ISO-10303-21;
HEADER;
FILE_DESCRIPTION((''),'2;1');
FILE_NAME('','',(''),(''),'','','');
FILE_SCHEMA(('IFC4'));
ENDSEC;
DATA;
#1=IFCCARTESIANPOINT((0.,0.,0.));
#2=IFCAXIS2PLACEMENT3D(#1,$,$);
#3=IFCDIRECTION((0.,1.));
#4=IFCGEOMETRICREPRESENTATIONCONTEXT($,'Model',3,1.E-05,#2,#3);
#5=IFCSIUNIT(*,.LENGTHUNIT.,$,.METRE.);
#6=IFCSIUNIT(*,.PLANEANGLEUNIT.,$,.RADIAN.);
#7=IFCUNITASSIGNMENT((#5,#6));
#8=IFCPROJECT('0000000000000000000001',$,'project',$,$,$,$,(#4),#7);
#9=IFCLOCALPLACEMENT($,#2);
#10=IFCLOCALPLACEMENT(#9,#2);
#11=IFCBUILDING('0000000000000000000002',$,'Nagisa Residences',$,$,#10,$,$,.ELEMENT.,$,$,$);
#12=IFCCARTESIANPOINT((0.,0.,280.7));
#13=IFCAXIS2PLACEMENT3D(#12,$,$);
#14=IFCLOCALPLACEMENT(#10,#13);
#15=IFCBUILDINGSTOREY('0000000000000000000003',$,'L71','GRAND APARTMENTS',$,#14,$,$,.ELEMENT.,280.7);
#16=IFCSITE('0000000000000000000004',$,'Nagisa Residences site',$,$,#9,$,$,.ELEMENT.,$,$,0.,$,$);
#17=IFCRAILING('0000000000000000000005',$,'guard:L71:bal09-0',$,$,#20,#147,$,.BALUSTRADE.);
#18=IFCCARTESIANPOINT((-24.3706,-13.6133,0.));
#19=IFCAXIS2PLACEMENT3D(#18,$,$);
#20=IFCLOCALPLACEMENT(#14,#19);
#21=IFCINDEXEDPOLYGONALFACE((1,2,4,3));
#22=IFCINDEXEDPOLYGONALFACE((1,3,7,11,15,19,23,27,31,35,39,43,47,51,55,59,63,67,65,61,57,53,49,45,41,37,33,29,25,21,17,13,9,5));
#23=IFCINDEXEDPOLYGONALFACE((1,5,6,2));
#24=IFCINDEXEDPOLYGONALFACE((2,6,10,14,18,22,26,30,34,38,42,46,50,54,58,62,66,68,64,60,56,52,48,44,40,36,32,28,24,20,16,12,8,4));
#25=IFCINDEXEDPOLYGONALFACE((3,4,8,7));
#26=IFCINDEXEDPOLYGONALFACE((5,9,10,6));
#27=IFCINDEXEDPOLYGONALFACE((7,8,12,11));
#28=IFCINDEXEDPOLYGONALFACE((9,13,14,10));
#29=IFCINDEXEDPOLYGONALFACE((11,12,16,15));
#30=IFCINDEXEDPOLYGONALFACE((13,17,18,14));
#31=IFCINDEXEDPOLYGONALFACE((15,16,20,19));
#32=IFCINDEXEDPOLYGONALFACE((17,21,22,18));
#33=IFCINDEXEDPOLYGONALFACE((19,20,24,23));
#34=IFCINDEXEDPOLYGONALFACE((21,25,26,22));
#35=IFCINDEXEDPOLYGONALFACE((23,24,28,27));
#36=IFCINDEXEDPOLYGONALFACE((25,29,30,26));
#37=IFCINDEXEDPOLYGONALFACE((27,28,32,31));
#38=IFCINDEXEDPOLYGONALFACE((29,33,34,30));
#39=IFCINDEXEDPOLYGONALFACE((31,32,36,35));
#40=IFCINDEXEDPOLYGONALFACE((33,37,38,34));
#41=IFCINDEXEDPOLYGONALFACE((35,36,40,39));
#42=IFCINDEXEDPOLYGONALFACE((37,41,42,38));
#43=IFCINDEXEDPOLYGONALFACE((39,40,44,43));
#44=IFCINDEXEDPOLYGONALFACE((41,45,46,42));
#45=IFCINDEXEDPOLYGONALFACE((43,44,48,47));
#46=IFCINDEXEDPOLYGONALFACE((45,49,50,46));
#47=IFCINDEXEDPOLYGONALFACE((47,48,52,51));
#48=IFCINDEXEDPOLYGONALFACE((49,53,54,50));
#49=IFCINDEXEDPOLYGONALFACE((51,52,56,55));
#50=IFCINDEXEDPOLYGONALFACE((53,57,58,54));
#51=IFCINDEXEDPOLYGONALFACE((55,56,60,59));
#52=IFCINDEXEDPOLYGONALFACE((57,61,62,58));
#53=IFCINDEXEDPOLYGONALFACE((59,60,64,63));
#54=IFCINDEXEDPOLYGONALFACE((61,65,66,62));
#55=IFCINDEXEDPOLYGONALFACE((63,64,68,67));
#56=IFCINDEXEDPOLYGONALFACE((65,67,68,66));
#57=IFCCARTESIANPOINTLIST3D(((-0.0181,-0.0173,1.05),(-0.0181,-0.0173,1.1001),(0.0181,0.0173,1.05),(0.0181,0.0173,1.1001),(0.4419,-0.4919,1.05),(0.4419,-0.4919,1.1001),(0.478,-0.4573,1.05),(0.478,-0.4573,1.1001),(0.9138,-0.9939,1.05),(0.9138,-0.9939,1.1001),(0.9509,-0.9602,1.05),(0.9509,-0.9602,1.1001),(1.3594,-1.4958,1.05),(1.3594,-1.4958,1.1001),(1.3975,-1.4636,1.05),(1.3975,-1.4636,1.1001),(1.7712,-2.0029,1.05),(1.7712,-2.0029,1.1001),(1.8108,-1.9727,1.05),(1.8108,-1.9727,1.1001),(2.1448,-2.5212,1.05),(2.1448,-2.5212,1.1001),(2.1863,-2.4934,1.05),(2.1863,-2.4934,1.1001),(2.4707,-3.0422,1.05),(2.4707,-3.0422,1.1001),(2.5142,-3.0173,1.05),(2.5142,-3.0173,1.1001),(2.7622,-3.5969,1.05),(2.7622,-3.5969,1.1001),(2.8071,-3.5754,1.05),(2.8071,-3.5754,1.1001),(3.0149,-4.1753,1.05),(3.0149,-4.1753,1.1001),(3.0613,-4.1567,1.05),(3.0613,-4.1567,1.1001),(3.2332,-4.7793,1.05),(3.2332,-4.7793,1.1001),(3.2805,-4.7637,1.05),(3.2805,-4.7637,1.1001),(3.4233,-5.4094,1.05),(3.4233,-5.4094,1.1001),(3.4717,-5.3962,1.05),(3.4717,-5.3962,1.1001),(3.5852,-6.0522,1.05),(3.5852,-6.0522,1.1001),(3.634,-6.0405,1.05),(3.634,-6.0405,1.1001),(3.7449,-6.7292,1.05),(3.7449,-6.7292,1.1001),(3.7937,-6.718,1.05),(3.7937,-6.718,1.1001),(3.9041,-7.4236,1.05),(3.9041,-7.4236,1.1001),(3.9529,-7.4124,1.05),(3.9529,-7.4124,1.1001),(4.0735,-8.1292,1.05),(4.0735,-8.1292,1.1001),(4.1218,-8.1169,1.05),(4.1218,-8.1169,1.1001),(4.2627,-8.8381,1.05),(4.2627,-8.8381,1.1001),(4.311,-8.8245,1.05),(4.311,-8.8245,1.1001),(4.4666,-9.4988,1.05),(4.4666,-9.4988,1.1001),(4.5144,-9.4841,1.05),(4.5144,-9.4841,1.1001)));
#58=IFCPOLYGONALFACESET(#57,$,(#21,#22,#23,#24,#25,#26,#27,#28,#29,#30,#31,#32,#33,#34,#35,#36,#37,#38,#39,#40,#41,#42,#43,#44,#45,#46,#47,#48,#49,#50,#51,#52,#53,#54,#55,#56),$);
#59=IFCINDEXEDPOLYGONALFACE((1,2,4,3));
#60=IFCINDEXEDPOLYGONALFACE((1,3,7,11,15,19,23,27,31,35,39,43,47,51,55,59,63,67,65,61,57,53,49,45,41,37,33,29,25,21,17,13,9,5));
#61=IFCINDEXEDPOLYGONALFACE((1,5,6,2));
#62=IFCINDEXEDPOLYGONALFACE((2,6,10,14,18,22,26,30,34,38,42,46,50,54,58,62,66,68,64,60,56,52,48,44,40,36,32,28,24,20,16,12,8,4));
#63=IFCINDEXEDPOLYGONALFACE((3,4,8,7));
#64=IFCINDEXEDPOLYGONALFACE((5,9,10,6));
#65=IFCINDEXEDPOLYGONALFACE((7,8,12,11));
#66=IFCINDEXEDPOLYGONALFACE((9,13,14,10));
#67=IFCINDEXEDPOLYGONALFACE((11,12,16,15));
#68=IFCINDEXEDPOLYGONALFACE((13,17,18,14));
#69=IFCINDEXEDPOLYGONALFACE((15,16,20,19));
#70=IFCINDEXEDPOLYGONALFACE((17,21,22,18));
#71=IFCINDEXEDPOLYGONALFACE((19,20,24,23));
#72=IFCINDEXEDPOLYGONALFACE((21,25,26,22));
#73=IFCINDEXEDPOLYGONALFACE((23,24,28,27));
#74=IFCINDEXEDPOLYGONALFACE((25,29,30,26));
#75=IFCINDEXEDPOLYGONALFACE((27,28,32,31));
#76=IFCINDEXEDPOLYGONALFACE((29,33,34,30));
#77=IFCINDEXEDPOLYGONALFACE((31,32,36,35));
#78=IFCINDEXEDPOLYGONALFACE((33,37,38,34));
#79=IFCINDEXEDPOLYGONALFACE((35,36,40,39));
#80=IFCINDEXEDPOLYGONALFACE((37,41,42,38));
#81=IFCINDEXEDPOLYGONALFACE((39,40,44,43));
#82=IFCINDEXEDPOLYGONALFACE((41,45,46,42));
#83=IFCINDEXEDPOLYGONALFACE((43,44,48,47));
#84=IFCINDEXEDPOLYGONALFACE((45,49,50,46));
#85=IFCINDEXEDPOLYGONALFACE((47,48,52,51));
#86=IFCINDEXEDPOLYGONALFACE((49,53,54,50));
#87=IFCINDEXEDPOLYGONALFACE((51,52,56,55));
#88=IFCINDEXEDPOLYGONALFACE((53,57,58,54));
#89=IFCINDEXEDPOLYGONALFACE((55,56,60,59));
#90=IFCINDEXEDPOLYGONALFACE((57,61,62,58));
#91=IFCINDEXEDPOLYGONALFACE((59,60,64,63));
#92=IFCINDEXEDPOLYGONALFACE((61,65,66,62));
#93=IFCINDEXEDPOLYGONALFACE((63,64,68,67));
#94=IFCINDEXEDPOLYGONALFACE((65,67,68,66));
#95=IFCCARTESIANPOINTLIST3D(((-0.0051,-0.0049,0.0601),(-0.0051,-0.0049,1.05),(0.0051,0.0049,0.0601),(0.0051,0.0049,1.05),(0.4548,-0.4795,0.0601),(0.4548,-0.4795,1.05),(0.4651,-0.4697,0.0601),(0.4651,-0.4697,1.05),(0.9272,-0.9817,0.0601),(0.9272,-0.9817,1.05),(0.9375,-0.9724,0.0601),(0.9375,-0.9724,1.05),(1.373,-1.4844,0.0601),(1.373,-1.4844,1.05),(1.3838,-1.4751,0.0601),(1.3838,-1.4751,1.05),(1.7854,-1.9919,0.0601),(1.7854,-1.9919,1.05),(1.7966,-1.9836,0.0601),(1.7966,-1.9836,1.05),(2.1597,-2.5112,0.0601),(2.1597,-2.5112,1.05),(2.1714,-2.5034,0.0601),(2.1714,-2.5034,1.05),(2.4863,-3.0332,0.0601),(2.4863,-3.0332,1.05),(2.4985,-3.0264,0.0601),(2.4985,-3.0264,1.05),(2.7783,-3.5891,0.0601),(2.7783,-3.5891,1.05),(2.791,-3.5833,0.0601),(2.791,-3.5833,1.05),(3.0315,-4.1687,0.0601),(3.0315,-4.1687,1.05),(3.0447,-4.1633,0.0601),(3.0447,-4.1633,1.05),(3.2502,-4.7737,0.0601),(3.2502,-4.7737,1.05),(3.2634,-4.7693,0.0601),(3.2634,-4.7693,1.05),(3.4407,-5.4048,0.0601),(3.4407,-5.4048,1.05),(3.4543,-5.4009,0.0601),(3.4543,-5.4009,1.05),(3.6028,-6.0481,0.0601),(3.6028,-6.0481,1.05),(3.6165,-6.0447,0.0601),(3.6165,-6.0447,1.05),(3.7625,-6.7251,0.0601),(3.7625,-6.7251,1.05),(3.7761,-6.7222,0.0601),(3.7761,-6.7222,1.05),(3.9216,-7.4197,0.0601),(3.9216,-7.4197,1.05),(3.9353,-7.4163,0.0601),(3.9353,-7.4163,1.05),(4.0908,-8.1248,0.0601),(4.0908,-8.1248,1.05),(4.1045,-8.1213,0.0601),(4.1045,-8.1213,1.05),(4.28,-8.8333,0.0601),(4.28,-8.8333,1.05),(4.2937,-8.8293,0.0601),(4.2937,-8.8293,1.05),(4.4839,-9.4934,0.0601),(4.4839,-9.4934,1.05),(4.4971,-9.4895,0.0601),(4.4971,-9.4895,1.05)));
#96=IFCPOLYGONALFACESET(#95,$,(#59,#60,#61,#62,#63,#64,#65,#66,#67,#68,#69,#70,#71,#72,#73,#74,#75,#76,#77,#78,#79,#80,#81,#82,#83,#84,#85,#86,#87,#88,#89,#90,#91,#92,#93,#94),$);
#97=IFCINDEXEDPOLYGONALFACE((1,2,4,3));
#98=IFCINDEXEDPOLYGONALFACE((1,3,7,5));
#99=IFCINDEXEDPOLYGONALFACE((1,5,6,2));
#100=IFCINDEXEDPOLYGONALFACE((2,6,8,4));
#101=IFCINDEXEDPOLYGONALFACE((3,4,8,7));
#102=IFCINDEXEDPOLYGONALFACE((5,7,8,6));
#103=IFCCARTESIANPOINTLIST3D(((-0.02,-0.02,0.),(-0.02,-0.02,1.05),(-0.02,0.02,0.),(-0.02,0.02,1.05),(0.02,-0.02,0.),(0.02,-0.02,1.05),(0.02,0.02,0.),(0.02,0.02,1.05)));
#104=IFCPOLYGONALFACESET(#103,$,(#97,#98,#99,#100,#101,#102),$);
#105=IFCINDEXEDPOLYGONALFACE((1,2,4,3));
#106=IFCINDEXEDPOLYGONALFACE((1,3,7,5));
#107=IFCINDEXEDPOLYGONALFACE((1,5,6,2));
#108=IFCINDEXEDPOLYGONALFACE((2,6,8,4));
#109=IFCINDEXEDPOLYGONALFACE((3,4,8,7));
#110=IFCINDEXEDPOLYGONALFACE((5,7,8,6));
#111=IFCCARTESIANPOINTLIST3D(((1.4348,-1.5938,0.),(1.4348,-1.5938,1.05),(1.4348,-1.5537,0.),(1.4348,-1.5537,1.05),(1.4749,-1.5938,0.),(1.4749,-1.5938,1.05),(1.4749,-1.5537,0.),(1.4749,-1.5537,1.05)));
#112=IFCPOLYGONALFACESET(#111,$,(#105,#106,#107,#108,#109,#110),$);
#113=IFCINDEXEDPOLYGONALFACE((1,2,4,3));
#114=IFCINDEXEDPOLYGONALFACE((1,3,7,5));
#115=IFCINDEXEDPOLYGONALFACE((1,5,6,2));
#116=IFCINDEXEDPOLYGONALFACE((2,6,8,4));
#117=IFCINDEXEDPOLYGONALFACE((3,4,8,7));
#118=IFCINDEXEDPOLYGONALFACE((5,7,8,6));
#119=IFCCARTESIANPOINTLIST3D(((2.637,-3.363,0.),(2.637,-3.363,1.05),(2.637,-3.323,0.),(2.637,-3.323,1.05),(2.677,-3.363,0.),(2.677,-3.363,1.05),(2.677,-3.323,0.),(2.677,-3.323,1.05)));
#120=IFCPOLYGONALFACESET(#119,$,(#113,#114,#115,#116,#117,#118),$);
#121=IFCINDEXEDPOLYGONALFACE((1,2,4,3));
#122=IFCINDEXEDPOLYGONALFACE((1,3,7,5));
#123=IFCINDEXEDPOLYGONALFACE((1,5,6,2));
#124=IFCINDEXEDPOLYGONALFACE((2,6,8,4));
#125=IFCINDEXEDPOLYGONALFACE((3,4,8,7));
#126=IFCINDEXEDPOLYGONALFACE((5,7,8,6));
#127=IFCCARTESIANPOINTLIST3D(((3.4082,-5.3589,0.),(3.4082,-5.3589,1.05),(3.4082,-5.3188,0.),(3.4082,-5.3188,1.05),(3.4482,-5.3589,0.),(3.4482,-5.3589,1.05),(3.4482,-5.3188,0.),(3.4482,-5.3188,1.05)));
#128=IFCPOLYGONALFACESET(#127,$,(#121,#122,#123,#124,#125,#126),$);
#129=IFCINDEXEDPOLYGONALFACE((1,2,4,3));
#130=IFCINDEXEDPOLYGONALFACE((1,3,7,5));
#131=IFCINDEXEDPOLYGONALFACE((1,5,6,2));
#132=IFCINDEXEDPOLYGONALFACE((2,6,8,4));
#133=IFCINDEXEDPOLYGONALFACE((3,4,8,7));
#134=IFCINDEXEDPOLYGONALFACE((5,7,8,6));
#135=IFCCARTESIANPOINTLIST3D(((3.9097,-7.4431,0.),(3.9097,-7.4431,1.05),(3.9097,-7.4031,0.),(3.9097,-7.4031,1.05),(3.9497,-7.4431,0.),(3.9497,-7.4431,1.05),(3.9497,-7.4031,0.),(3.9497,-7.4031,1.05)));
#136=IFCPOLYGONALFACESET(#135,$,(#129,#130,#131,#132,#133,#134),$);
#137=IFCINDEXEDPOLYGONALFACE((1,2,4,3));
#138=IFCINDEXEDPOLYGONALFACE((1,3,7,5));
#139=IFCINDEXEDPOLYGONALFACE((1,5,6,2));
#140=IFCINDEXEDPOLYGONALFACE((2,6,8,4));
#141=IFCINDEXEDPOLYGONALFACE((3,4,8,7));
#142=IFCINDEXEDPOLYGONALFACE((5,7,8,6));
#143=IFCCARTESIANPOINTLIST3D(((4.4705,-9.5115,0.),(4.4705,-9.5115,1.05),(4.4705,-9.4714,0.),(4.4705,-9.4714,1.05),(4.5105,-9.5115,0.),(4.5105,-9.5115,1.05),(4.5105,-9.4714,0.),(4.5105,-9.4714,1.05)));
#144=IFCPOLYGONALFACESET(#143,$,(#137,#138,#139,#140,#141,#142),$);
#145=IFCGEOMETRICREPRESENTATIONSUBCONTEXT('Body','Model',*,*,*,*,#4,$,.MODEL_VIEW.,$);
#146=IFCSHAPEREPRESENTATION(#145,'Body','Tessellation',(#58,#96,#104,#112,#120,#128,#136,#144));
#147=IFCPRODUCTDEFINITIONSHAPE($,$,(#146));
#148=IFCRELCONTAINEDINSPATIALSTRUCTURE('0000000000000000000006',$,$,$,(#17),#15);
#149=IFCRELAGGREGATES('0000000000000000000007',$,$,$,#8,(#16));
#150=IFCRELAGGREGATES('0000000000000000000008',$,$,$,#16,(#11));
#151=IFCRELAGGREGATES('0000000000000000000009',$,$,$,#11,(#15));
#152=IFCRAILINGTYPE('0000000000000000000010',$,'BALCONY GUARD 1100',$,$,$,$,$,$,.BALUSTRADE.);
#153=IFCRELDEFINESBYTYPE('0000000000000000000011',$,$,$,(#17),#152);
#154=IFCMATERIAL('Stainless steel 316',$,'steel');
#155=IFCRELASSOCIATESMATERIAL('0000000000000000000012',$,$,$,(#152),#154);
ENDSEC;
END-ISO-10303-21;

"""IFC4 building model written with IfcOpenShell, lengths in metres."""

from ifc_helpers import new_model, si_unit, direction, frame, origin, origin_2d, place, context, subcontext, project, spatial, polyline, rectangle, outline, extrude, material, type_object, element, save


model = new_model("IFC4")

# Units and contexts
model_context = context("Model", 3, precision=1e-05, world=origin(), true_north=direction((0.0, 1.0)))
body_context = subcontext(model_context, "Body", "Model", "MODEL_VIEW")
ifc_project = project(units=[si_unit("LENGTHUNIT", "METRE"), si_unit("PLANEANGLEUNIT", "RADIAN")], contexts=[model_context])

# Site, building, storey
site_placement = place(None, origin())
site = spatial("IfcSite", under=ifc_project, at=site_placement, Name="Nagisa Residences site", CompositionType="ELEMENT", RefElevation=0.0)
building_placement = place(site_placement, origin())
building = spatial("IfcBuilding", under=site, at=building_placement, Name="Nagisa Residences", CompositionType="ELEMENT")
storey_placement = place(building_placement, frame((0.0, 0.0, 280.7)))
storey = spatial("IfcBuildingStorey", under=building, at=storey_placement, Name="L71", Description="GRAND APARTMENTS", CompositionType="ELEMENT", Elevation=280.7)

# Railing
ifc_material_1 = material(Name="Stainless steel 316", Category="steel")
railing_type = type_object("IfcRailingType", Name="BALCONY GUARD 1100", PredefinedType="BALUSTRADE", material=ifc_material_1)
railing_1_placement = place(storey_placement, frame((-24.3706, -13.6133, 0.0)))
element("IfcRailing", 1, at=railing_1_placement, inside=storey, type_object=railing_type, Name="guard:L71:bal09-0", PredefinedType="BALUSTRADE", context=body_context, shape_type="SweptSolid", body=[
    extrude(outline(polyline([(0.478, -0.4573), (0.0181, 0.0173), (-0.0181, -0.0173), (0.4419, -0.4919), (0.9138, -0.9939), (1.3594, -1.4958), (1.7712, -2.0029), (2.1448, -2.5212), (2.4707, -3.0422), (2.7622, -3.5969), (3.0149, -4.1753), (3.2332, -4.7793), (3.4233, -5.4094), (3.5852, -6.0522), (3.7449, -6.7292), (3.9041, -7.4236), (4.0735, -8.1292), (4.2627, -8.8381), (4.4666, -9.4988), (4.5144, -9.4841), (4.311, -8.8245), (4.1218, -8.1169), (3.9529, -7.4124), (3.7937, -6.718), (3.634, -6.0405), (3.4717, -5.3962), (3.2805, -4.7637), (3.0613, -4.1567), (2.8071, -3.5754), (2.5142, -3.0173), (2.1863, -2.4934), (1.8108, -1.9727), (1.3975, -1.4636), (0.9509, -0.9602), (0.478, -0.4573)])), frame((0.0, 0.0, 1.05)), (0.0, 0.0, 1.0), 0.05),
    extrude(outline(polyline([(0.4651, -0.4697), (0.0051, 0.0049), (-0.0051, -0.0049), (0.4548, -0.4795), (0.9272, -0.9817), (1.373, -1.4844), (1.7854, -1.9919), (2.1597, -2.5112), (2.4863, -3.0332), (2.7783, -3.5891), (3.0315, -4.1687), (3.2502, -4.7737), (3.4407, -5.4048), (3.6028, -6.0481), (3.7625, -6.7251), (3.9216, -7.4197), (4.0908, -8.1248), (4.28, -8.8333), (4.4839, -9.4934), (4.4971, -9.4895), (4.2937, -8.8293), (4.1045, -8.1213), (3.9353, -7.4163), (3.7761, -6.7222), (3.6165, -6.0447), (3.4543, -5.4009), (3.2634, -4.7693), (3.0447, -4.1633), (2.791, -3.5833), (2.4985, -3.0264), (2.1714, -2.5034), (1.7966, -1.9836), (1.3838, -1.4751), (0.9375, -0.9724), (0.4651, -0.4697)])), frame((0.0, 0.0, 0.0601)), (0.0, 0.0, 1.0), 0.99),
    extrude(rectangle(XDim=0.04, YDim=0.04, at=origin_2d()), origin(), (0.0, 0.0, 1.0), 1.05),
    extrude(rectangle(XDim=0.04, YDim=0.04, at=origin_2d()), frame((1.4548, -1.5737, 0.0)), (0.0, 0.0, 1.0), 1.05),
    extrude(rectangle(XDim=0.04, YDim=0.04, at=origin_2d()), frame((2.657, -3.343, 0.0)), (0.0, 0.0, 1.0), 1.05),
    extrude(rectangle(XDim=0.04, YDim=0.04, at=origin_2d()), frame((3.4282, -5.3389, 0.0)), (0.0, 0.0, 1.0), 1.05),
    extrude(rectangle(XDim=0.04, YDim=0.04, at=origin_2d()), frame((3.9297, -7.4231, 0.0)), (0.0, 0.0, 1.0), 1.05),
    extrude(rectangle(XDim=0.04, YDim=0.04, at=origin_2d()), frame((4.4905, -9.4915, 0.0)), (0.0, 0.0, 1.0), 1.05),
])

save(model, "model.ifc")
